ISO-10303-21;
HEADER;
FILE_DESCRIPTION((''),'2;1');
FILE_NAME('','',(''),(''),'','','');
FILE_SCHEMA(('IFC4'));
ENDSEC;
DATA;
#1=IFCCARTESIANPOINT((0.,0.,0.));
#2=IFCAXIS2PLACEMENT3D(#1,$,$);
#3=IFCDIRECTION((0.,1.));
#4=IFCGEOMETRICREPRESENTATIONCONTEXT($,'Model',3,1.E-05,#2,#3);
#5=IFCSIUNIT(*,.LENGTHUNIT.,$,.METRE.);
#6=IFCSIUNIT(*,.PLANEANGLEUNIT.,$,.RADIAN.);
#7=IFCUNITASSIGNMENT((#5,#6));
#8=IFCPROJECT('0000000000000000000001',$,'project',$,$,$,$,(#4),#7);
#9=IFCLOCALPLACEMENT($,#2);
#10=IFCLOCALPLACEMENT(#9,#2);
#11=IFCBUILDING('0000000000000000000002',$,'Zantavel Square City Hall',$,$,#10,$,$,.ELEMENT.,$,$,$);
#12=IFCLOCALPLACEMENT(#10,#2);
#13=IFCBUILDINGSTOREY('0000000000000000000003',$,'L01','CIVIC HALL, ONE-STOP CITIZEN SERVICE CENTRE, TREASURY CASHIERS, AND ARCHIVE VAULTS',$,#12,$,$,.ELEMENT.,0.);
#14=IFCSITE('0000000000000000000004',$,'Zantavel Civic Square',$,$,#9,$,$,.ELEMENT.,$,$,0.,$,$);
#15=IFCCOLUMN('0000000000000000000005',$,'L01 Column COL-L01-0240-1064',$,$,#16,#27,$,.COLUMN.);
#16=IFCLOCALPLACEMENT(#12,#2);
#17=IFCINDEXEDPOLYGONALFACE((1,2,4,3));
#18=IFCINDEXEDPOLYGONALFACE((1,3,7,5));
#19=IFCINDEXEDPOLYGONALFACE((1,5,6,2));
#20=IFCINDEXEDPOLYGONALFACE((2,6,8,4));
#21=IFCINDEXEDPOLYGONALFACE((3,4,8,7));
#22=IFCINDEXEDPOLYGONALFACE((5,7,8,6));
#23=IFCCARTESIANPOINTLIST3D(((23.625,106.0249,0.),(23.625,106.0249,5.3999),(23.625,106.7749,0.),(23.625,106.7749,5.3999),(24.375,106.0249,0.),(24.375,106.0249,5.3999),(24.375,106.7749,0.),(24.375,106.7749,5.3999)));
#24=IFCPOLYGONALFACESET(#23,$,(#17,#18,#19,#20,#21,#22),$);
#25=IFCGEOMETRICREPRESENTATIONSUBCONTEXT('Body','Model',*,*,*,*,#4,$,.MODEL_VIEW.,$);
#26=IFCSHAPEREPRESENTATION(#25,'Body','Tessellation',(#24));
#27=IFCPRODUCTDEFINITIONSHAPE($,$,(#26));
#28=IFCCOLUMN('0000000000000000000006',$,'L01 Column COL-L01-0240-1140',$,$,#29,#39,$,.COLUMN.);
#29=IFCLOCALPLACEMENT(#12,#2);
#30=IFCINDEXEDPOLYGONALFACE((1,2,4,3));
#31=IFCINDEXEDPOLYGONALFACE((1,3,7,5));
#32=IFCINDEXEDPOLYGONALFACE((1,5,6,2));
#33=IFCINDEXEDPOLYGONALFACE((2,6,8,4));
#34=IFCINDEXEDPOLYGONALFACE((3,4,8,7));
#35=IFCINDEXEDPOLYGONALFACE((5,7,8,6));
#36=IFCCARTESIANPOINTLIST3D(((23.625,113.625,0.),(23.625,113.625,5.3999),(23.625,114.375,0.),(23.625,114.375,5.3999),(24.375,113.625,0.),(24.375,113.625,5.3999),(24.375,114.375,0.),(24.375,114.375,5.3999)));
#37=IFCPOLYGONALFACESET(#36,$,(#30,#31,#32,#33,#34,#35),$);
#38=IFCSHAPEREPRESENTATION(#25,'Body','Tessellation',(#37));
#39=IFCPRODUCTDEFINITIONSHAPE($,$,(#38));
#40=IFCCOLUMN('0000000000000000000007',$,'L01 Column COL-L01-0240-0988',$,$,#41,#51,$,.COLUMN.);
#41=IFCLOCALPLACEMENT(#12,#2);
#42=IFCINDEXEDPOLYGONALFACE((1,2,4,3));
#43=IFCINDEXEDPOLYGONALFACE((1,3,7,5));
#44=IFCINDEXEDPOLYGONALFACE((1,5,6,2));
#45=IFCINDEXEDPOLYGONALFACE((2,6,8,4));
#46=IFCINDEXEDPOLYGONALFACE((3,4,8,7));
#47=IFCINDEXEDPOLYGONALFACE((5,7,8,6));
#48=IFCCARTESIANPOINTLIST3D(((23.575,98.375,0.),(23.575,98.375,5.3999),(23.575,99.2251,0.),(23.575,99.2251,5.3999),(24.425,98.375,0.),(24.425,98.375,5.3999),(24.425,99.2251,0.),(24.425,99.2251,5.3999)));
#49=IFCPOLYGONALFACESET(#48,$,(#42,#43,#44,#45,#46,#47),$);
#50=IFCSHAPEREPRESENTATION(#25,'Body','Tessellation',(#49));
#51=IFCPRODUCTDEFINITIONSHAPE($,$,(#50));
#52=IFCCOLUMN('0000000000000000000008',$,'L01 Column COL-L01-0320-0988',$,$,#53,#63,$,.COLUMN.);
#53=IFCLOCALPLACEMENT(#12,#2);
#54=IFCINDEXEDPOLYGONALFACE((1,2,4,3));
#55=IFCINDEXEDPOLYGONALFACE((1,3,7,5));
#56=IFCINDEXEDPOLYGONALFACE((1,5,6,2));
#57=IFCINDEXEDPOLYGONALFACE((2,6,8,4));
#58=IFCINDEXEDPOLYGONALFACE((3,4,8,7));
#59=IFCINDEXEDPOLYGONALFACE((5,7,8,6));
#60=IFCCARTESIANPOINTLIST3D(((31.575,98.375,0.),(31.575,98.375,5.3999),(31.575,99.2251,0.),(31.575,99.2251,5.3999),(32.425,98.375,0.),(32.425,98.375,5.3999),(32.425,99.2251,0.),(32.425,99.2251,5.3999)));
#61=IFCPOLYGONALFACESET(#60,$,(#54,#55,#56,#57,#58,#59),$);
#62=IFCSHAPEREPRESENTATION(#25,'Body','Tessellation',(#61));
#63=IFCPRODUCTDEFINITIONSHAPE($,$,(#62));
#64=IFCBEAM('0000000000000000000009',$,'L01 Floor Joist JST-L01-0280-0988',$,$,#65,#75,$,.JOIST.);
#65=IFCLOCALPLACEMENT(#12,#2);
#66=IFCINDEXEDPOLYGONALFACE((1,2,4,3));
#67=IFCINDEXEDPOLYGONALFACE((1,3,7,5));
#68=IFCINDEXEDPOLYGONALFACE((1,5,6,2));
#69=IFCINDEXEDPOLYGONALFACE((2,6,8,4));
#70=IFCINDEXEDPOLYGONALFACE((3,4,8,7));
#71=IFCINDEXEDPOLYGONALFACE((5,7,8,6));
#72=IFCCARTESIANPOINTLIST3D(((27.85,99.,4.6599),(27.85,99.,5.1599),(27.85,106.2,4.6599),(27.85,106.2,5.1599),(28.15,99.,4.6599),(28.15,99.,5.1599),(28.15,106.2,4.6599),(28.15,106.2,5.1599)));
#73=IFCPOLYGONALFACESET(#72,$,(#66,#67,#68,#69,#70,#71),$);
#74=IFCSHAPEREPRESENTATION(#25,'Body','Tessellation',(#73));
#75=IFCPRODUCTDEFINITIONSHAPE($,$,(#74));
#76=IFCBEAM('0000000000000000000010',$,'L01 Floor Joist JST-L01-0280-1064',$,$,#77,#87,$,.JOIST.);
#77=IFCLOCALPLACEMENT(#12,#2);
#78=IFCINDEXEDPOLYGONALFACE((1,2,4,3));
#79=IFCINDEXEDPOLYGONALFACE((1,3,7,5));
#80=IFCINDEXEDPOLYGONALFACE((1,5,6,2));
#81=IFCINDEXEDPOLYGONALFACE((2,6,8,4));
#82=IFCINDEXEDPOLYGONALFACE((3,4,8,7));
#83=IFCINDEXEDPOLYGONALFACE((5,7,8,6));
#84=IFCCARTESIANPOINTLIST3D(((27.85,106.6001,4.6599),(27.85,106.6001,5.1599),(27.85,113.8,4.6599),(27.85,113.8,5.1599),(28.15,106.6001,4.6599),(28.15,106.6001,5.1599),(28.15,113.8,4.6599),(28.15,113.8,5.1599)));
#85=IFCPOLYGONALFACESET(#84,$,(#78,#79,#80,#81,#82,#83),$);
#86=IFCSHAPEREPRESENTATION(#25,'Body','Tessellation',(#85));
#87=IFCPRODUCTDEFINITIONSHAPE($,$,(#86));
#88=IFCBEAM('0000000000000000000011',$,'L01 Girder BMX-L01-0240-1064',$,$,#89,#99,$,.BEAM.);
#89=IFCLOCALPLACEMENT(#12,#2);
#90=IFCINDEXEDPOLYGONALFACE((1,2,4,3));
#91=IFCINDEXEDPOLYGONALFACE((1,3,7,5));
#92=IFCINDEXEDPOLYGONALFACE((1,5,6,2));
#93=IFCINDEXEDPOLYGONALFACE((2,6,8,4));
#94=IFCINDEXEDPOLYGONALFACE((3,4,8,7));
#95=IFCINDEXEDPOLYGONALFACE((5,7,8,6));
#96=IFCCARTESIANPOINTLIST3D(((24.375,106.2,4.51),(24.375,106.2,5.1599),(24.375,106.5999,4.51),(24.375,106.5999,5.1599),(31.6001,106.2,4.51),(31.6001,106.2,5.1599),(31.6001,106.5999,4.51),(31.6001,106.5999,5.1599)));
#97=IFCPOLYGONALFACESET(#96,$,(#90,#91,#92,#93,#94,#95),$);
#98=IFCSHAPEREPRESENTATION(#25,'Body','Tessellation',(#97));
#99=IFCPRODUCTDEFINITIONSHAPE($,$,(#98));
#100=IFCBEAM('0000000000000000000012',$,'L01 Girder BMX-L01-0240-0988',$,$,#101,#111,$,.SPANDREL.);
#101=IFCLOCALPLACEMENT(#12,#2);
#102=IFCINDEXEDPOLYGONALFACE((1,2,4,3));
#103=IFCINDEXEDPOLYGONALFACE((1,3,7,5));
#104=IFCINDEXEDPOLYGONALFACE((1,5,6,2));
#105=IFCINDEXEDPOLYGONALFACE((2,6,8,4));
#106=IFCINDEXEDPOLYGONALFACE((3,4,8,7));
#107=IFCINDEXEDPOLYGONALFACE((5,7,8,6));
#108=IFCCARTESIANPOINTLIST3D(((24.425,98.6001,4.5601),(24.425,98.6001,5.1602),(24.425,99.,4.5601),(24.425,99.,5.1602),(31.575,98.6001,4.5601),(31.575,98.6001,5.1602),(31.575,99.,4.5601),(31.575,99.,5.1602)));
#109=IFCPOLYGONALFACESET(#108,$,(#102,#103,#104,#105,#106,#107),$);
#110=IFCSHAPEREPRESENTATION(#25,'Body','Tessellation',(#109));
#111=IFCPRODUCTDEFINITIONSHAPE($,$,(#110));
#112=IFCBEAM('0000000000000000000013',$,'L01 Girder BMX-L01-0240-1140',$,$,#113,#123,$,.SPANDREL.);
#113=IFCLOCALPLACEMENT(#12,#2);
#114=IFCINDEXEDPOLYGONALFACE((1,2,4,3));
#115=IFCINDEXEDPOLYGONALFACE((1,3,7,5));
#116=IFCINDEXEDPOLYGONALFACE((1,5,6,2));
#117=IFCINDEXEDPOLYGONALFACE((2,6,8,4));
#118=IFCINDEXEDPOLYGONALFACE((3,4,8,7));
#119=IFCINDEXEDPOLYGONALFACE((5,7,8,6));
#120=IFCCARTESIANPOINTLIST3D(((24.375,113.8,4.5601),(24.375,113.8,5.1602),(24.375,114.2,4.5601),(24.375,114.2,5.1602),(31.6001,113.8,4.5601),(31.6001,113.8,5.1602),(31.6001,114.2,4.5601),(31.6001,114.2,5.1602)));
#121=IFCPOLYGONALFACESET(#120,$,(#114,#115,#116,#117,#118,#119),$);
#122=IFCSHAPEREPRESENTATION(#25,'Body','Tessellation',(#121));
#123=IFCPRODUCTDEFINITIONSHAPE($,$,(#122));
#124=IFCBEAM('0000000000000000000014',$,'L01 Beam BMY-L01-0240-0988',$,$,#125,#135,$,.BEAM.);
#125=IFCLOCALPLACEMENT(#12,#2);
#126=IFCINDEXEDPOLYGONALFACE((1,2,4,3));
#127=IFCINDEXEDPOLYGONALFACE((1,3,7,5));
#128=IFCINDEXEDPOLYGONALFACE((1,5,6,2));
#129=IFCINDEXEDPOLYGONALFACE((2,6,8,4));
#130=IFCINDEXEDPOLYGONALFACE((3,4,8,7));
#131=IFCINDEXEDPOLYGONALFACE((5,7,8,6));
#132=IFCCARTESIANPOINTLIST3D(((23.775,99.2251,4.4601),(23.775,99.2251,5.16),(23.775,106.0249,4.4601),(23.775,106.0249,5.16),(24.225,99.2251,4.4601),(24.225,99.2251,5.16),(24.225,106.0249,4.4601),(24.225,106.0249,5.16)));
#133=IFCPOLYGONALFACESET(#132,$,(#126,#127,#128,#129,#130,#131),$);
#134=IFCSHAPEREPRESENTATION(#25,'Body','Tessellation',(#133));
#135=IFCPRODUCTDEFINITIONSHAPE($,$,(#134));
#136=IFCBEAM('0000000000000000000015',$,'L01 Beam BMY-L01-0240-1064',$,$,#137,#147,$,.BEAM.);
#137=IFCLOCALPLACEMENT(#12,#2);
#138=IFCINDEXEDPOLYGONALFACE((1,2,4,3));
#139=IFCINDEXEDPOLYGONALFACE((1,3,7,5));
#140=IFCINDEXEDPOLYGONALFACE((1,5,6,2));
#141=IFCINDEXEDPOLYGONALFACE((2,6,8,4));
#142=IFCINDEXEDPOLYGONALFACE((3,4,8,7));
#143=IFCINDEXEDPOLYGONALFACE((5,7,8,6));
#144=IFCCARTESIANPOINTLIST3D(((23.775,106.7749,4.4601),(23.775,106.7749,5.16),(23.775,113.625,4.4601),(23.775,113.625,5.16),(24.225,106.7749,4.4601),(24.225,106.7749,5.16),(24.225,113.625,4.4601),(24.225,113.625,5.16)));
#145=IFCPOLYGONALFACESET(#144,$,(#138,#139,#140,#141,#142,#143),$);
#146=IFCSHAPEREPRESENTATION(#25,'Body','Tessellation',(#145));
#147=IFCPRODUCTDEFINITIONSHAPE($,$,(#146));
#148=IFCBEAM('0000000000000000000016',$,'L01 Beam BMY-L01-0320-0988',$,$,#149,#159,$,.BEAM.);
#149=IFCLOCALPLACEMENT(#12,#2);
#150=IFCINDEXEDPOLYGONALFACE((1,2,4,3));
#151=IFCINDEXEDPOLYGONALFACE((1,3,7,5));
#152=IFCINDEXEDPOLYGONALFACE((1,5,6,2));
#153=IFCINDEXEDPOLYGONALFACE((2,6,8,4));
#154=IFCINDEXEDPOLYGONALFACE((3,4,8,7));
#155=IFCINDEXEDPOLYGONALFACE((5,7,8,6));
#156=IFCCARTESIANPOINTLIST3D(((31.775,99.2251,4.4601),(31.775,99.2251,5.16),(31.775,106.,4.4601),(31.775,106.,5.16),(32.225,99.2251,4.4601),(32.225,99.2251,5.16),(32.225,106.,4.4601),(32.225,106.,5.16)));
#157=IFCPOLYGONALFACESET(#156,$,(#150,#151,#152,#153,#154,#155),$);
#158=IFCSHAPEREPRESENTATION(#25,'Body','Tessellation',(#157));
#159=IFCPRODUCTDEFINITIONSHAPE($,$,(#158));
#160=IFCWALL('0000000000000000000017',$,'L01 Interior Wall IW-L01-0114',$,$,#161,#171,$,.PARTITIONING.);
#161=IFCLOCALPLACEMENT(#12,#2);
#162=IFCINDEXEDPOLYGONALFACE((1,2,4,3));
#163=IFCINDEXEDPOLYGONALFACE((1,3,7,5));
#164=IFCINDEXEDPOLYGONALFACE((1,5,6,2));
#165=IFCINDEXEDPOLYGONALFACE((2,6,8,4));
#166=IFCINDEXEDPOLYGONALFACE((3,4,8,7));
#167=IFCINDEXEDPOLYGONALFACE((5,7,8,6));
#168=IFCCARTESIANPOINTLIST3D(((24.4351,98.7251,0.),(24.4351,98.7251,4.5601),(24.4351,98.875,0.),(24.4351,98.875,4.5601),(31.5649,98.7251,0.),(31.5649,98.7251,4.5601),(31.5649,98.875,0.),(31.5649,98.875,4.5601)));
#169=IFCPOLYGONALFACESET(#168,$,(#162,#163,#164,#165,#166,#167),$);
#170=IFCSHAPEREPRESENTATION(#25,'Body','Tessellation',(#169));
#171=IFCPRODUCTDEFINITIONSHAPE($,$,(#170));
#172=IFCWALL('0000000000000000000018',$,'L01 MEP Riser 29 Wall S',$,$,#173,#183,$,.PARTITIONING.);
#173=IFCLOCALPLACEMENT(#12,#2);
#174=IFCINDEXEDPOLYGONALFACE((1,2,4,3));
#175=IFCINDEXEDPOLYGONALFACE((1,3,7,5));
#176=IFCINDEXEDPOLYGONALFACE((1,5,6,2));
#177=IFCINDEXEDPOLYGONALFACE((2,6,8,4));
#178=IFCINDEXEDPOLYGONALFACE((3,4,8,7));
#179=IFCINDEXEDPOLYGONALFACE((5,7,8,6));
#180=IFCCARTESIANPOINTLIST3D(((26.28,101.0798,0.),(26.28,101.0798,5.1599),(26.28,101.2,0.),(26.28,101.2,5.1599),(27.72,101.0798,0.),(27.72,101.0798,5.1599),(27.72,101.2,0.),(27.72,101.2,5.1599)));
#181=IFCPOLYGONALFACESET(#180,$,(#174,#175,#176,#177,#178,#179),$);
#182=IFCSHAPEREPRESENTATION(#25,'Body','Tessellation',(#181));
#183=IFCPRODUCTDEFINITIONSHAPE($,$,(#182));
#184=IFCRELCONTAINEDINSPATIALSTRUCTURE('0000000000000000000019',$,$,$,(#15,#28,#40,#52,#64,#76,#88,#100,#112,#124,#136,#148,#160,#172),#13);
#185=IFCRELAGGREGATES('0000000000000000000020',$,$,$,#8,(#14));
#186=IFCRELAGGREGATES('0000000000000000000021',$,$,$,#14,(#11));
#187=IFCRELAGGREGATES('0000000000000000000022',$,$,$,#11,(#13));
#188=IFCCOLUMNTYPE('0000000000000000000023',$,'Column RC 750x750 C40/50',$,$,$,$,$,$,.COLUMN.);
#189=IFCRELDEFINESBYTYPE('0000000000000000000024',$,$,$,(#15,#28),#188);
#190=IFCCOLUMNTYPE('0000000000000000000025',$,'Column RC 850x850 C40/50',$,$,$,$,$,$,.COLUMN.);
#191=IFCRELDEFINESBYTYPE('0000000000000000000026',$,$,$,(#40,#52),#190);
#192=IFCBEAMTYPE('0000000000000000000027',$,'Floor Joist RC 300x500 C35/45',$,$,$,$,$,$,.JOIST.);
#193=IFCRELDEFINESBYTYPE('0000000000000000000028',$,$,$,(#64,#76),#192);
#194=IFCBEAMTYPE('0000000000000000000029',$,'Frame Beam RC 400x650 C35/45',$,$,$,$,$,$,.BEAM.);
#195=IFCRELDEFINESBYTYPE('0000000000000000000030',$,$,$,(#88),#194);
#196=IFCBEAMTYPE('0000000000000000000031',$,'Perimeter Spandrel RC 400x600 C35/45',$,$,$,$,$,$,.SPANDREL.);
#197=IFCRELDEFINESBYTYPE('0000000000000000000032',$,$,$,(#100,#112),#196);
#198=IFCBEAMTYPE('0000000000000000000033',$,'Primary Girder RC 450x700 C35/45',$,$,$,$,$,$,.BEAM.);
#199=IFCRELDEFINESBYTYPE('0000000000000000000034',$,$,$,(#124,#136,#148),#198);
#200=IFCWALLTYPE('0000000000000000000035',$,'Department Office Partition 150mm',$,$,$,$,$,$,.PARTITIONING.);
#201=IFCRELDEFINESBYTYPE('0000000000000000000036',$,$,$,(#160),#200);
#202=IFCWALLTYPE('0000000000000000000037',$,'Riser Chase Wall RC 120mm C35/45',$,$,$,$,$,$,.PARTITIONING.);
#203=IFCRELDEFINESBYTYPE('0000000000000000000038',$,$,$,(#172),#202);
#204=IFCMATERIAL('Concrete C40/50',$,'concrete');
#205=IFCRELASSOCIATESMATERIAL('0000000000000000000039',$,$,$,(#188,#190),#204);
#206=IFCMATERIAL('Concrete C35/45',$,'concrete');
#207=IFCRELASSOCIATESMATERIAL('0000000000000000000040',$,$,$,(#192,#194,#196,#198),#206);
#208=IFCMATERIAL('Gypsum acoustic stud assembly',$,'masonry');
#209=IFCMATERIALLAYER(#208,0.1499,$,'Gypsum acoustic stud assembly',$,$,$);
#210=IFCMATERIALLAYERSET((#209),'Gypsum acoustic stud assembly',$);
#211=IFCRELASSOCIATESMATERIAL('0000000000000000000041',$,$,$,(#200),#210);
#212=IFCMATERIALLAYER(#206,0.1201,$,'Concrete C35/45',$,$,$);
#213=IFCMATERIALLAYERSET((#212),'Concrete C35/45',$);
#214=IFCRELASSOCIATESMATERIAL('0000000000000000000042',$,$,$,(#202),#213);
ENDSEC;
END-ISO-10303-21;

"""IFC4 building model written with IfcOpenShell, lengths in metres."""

from ifc_helpers import new_model, si_unit, direction, frame, frame_2d, origin, origin_2d, place, context, subcontext, project, spatial, rectangle, extrude, material, layer, layer_set, material_profile, profile_set, type_object, element, save


model = new_model("IFC4")

# Units and contexts
model_context = context("Model", 3, precision=1e-05, world=origin(), true_north=direction((0.0, 1.0)))
body_context = subcontext(model_context, "Body", "Model", "MODEL_VIEW")
ifc_project = project(units=[si_unit("LENGTHUNIT", "METRE"), si_unit("PLANEANGLEUNIT", "RADIAN")], contexts=[model_context])

# Site, building, storey
site_placement = place(None, origin())
site = spatial("IfcSite", under=ifc_project, at=site_placement, Name="Zantavel Civic Square", CompositionType="ELEMENT", RefElevation=0.0)
building_placement = place(site_placement, origin())
building = spatial("IfcBuilding", under=site, at=building_placement, Name="Zantavel Square City Hall", CompositionType="ELEMENT")
storey_placement = place(building_placement, origin())
storey = spatial("IfcBuildingStorey", under=building, at=storey_placement, Name="L01", Description="CIVIC HALL, ONE-STOP CITIZEN SERVICE CENTRE, TREASURY CASHIERS, AND ARCHIVE VAULTS", CompositionType="ELEMENT", Elevation=0.0)

# Columns
ifc_material_1 = material(Name="Concrete C40/50", Category="concrete")
ifc_material_profile_1 = material_profile(ifc_material_1, rectangle(XDim=0.75, YDim=0.75, at=origin_2d()), Name="RC 750x750")
ifc_profile_set_1 = profile_set([ifc_material_profile_1], Name="Concrete C40/50")
column_type_1 = type_object("IfcColumnType", Name="Column RC 750x750 C40/50", PredefinedType="COLUMN", material=ifc_profile_set_1)
for number, where, z_axis, x_axis, name in (
    (1, (24.0, 106.3999, 0.0), (0.0, 0.0, 1.0), (1.0, 0.0, 0.0), "L01 Column COL-L01-0240-1064"),
    (2, (24.0, 114.0, 0.0), (0.0, 0.0, 1.0), (1.0, 0.0, 0.0), "L01 Column COL-L01-0240-1140"),
):
    element("IfcColumn", number, at=place(storey_placement, frame(where, z_axis=z_axis, x_axis=x_axis)), inside=storey, type_object=column_type_1, Name=name, PredefinedType="COLUMN", context=body_context, shape_type="SweptSolid", body=[
        extrude(rectangle(XDim=0.75, YDim=0.75, at=origin_2d()), origin(), (0.0, 0.0, 1.0), 5.3999),
    ])
ifc_material_profile_2 = material_profile(ifc_material_1, rectangle(XDim=0.8501, YDim=0.8501, at=origin_2d()), Name="RC 850x850")
ifc_profile_set_2 = profile_set([ifc_material_profile_2], Name="Concrete C40/50")
column_type_2 = type_object("IfcColumnType", Name="Column RC 850x850 C40/50", PredefinedType="COLUMN", material=ifc_profile_set_2)
for number, where, z_axis, x_axis, name in (
    (3, (24.0, 98.8, 0.0), (0.0, 0.0, 1.0), (1.0, 0.0, 0.0), "L01 Column COL-L01-0240-0988"),
    (4, (32.0, 98.8, 0.0), (0.0, 0.0, 1.0), (1.0, 0.0, 0.0), "L01 Column COL-L01-0320-0988"),
):
    element("IfcColumn", number, at=place(storey_placement, frame(where, z_axis=z_axis, x_axis=x_axis)), inside=storey, type_object=column_type_2, Name=name, PredefinedType="COLUMN", context=body_context, shape_type="SweptSolid", body=[
        extrude(rectangle(XDim=0.8501, YDim=0.8501, at=origin_2d()), origin(), (0.0, 0.0, 1.0), 5.3999),
    ])

# Beams
ifc_material_2 = material(Name="Concrete C35/45", Category="concrete")
ifc_material_profile_3 = material_profile(ifc_material_2, rectangle(XDim=0.3, YDim=0.5, at=origin_2d()), Name="RC 300x500")
ifc_profile_set_3 = profile_set([ifc_material_profile_3], Name="Concrete C35/45")
beam_type_1 = type_object("IfcBeamType", Name="Floor Joist RC 300x500 C35/45", PredefinedType="JOIST", material=ifc_profile_set_3)
for number, where, z_axis, x_axis, name in (
    (5, (28.0, 99.0, 4.9099), (0.0, 1.0, 0.0), (-1.0, 0.0, 0.0), "L01 Floor Joist JST-L01-0280-0988"),
    (6, (28.0, 106.6001, 4.9099), (0.0, 1.0, 0.0), (-1.0, 0.0, 0.0), "L01 Floor Joist JST-L01-0280-1064"),
):
    element("IfcBeam", number, at=place(storey_placement, frame(where, z_axis=z_axis, x_axis=x_axis)), inside=storey, type_object=beam_type_1, Name=name, PredefinedType="JOIST", context=body_context, shape_type="SweptSolid", body=[
        extrude(rectangle(XDim=0.3, YDim=0.5, at=origin_2d()), origin(), (0.0, 0.0, 1.0), 7.2),
    ])
ifc_material_profile_4 = material_profile(ifc_material_2, rectangle(XDim=0.3999, YDim=0.6499, at=origin_2d()), Name="RC 400x650")
ifc_profile_set_4 = profile_set([ifc_material_profile_4], Name="Concrete C35/45")
beam_type_2 = type_object("IfcBeamType", Name="Frame Beam RC 400x650 C35/45", PredefinedType="BEAM", material=ifc_profile_set_4)
beam_1_placement = place(storey_placement, frame((24.375, 106.3999, 4.835), z_axis=(1.0, 0.0, 0.0), x_axis=(0.0, 1.0, 0.0)))
element("IfcBeam", 7, at=beam_1_placement, inside=storey, type_object=beam_type_2, Name="L01 Girder BMX-L01-0240-1064", PredefinedType="BEAM", context=body_context, shape_type="SweptSolid", body=[
    extrude(rectangle(XDim=0.3999, YDim=0.6499, at=origin_2d()), origin(), (0.0, 0.0, 1.0), 7.2251),
])
ifc_material_profile_5 = material_profile(ifc_material_2, rectangle(XDim=0.3999, YDim=0.6001, at=origin_2d()), Name="RC 400x600")
ifc_profile_set_5 = profile_set([ifc_material_profile_5], Name="Concrete C35/45")
beam_type_3 = type_object("IfcBeamType", Name="Perimeter Spandrel RC 400x600 C35/45", PredefinedType="SPANDREL", material=ifc_profile_set_5)
beam_2_placement = place(storey_placement, frame((24.425, 98.8, 4.8601), z_axis=(1.0, 0.0, 0.0), x_axis=(0.0, 1.0, 0.0)))
element("IfcBeam", 8, at=beam_2_placement, inside=storey, type_object=beam_type_3, Name="L01 Girder BMX-L01-0240-0988", PredefinedType="SPANDREL", context=body_context, shape_type="SweptSolid", body=[
    extrude(rectangle(XDim=0.3999, YDim=0.6001, at=origin_2d()), origin(), (0.0, 0.0, 1.0), 7.1499),
])
beam_3_placement = place(storey_placement, frame((24.375, 114.0, 4.8601), z_axis=(1.0, 0.0, 0.0), x_axis=(0.0, 1.0, 0.0)))
element("IfcBeam", 9, at=beam_3_placement, inside=storey, type_object=beam_type_3, Name="L01 Girder BMX-L01-0240-1140", PredefinedType="SPANDREL", context=body_context, shape_type="SweptSolid", body=[
    extrude(rectangle(XDim=0.3999, YDim=0.6001, at=origin_2d()), origin(), (0.0, 0.0, 1.0), 7.2251),
])
ifc_material_profile_6 = material_profile(ifc_material_2, rectangle(XDim=0.45, YDim=0.7, at=origin_2d()), Name="RC 450x700")
ifc_profile_set_6 = profile_set([ifc_material_profile_6], Name="Concrete C35/45")
beam_type_4 = type_object("IfcBeamType", Name="Primary Girder RC 450x700 C35/45", PredefinedType="BEAM", material=ifc_profile_set_6)
beam_4_placement = place(storey_placement, frame((24.0, 99.2251, 4.8101), z_axis=(0.0, 1.0, 0.0), x_axis=(-1.0, 0.0, 0.0)))
element("IfcBeam", 10, at=beam_4_placement, inside=storey, type_object=beam_type_4, Name="L01 Beam BMY-L01-0240-0988", PredefinedType="BEAM", context=body_context, shape_type="SweptSolid", body=[
    extrude(rectangle(XDim=0.45, YDim=0.7, at=origin_2d()), origin(), (0.0, 0.0, 1.0), 6.7998),
])
beam_5_placement = place(storey_placement, frame((24.0, 106.7749, 4.8101), z_axis=(0.0, 1.0, 0.0), x_axis=(-1.0, 0.0, 0.0)))
element("IfcBeam", 11, at=beam_5_placement, inside=storey, type_object=beam_type_4, Name="L01 Beam BMY-L01-0240-1064", PredefinedType="BEAM", context=body_context, shape_type="SweptSolid", body=[
    extrude(rectangle(XDim=0.45, YDim=0.7, at=origin_2d()), origin(), (0.0, 0.0, 1.0), 6.8501),
])
beam_6_placement = place(storey_placement, frame((32.0, 99.2251, 4.8101), z_axis=(0.0, 1.0, 0.0), x_axis=(-1.0, 0.0, 0.0)))
element("IfcBeam", 12, at=beam_6_placement, inside=storey, type_object=beam_type_4, Name="L01 Beam BMY-L01-0320-0988", PredefinedType="BEAM", context=body_context, shape_type="SweptSolid", body=[
    extrude(rectangle(XDim=0.45, YDim=0.7, at=origin_2d()), origin(), (0.0, 0.0, 1.0), 6.7749),
])

# Walls
ifc_material_3 = material(Name="Gypsum acoustic stud assembly", Category="masonry")
ifc_layer_1 = layer(ifc_material_3, 0.1499, Name="Gypsum acoustic stud assembly")
ifc_layer_set_1 = layer_set([ifc_layer_1], Name="Gypsum acoustic stud assembly")
wall_type_1 = type_object("IfcWallType", Name="Department Office Partition 150mm", PredefinedType="PARTITIONING", material=ifc_layer_set_1)
wall_1_placement = place(storey_placement, frame((24.4351, 98.8, 0.0), z_axis=(0.0, 0.0, 1.0), x_axis=(1.0, 0.0, 0.0)))
element("IfcWall", 13, at=wall_1_placement, inside=storey, type_object=wall_type_1, Name="L01 Interior Wall IW-L01-0114", PredefinedType="PARTITIONING", context=body_context, shape_type="SweptSolid", body=[
    extrude(rectangle(XDim=7.1299, YDim=0.1499, at=frame_2d((3.5649, 0.0))), origin(), (0.0, 0.0, 1.0), 4.5601),
])
ifc_layer_2 = layer(ifc_material_2, 0.1201, Name="Concrete C35/45")
ifc_layer_set_2 = layer_set([ifc_layer_2], Name="Concrete C35/45")
wall_type_2 = type_object("IfcWallType", Name="Riser Chase Wall RC 120mm C35/45", PredefinedType="PARTITIONING", material=ifc_layer_set_2)
wall_2_placement = place(storey_placement, frame((27.72, 101.1399, 0.0), z_axis=(0.0, 0.0, 1.0), x_axis=(-1.0, 0.0, 0.0)))
element("IfcWall", 14, at=wall_2_placement, inside=storey, type_object=wall_type_2, Name="L01 MEP Riser 29 Wall S", PredefinedType="PARTITIONING", context=body_context, shape_type="SweptSolid", body=[
    extrude(rectangle(XDim=1.4399, YDim=0.1201, at=frame_2d((0.72, 0.0))), origin(), (0.0, 0.0, 1.0), 5.1599),
])

save(model, "model.ifc")
